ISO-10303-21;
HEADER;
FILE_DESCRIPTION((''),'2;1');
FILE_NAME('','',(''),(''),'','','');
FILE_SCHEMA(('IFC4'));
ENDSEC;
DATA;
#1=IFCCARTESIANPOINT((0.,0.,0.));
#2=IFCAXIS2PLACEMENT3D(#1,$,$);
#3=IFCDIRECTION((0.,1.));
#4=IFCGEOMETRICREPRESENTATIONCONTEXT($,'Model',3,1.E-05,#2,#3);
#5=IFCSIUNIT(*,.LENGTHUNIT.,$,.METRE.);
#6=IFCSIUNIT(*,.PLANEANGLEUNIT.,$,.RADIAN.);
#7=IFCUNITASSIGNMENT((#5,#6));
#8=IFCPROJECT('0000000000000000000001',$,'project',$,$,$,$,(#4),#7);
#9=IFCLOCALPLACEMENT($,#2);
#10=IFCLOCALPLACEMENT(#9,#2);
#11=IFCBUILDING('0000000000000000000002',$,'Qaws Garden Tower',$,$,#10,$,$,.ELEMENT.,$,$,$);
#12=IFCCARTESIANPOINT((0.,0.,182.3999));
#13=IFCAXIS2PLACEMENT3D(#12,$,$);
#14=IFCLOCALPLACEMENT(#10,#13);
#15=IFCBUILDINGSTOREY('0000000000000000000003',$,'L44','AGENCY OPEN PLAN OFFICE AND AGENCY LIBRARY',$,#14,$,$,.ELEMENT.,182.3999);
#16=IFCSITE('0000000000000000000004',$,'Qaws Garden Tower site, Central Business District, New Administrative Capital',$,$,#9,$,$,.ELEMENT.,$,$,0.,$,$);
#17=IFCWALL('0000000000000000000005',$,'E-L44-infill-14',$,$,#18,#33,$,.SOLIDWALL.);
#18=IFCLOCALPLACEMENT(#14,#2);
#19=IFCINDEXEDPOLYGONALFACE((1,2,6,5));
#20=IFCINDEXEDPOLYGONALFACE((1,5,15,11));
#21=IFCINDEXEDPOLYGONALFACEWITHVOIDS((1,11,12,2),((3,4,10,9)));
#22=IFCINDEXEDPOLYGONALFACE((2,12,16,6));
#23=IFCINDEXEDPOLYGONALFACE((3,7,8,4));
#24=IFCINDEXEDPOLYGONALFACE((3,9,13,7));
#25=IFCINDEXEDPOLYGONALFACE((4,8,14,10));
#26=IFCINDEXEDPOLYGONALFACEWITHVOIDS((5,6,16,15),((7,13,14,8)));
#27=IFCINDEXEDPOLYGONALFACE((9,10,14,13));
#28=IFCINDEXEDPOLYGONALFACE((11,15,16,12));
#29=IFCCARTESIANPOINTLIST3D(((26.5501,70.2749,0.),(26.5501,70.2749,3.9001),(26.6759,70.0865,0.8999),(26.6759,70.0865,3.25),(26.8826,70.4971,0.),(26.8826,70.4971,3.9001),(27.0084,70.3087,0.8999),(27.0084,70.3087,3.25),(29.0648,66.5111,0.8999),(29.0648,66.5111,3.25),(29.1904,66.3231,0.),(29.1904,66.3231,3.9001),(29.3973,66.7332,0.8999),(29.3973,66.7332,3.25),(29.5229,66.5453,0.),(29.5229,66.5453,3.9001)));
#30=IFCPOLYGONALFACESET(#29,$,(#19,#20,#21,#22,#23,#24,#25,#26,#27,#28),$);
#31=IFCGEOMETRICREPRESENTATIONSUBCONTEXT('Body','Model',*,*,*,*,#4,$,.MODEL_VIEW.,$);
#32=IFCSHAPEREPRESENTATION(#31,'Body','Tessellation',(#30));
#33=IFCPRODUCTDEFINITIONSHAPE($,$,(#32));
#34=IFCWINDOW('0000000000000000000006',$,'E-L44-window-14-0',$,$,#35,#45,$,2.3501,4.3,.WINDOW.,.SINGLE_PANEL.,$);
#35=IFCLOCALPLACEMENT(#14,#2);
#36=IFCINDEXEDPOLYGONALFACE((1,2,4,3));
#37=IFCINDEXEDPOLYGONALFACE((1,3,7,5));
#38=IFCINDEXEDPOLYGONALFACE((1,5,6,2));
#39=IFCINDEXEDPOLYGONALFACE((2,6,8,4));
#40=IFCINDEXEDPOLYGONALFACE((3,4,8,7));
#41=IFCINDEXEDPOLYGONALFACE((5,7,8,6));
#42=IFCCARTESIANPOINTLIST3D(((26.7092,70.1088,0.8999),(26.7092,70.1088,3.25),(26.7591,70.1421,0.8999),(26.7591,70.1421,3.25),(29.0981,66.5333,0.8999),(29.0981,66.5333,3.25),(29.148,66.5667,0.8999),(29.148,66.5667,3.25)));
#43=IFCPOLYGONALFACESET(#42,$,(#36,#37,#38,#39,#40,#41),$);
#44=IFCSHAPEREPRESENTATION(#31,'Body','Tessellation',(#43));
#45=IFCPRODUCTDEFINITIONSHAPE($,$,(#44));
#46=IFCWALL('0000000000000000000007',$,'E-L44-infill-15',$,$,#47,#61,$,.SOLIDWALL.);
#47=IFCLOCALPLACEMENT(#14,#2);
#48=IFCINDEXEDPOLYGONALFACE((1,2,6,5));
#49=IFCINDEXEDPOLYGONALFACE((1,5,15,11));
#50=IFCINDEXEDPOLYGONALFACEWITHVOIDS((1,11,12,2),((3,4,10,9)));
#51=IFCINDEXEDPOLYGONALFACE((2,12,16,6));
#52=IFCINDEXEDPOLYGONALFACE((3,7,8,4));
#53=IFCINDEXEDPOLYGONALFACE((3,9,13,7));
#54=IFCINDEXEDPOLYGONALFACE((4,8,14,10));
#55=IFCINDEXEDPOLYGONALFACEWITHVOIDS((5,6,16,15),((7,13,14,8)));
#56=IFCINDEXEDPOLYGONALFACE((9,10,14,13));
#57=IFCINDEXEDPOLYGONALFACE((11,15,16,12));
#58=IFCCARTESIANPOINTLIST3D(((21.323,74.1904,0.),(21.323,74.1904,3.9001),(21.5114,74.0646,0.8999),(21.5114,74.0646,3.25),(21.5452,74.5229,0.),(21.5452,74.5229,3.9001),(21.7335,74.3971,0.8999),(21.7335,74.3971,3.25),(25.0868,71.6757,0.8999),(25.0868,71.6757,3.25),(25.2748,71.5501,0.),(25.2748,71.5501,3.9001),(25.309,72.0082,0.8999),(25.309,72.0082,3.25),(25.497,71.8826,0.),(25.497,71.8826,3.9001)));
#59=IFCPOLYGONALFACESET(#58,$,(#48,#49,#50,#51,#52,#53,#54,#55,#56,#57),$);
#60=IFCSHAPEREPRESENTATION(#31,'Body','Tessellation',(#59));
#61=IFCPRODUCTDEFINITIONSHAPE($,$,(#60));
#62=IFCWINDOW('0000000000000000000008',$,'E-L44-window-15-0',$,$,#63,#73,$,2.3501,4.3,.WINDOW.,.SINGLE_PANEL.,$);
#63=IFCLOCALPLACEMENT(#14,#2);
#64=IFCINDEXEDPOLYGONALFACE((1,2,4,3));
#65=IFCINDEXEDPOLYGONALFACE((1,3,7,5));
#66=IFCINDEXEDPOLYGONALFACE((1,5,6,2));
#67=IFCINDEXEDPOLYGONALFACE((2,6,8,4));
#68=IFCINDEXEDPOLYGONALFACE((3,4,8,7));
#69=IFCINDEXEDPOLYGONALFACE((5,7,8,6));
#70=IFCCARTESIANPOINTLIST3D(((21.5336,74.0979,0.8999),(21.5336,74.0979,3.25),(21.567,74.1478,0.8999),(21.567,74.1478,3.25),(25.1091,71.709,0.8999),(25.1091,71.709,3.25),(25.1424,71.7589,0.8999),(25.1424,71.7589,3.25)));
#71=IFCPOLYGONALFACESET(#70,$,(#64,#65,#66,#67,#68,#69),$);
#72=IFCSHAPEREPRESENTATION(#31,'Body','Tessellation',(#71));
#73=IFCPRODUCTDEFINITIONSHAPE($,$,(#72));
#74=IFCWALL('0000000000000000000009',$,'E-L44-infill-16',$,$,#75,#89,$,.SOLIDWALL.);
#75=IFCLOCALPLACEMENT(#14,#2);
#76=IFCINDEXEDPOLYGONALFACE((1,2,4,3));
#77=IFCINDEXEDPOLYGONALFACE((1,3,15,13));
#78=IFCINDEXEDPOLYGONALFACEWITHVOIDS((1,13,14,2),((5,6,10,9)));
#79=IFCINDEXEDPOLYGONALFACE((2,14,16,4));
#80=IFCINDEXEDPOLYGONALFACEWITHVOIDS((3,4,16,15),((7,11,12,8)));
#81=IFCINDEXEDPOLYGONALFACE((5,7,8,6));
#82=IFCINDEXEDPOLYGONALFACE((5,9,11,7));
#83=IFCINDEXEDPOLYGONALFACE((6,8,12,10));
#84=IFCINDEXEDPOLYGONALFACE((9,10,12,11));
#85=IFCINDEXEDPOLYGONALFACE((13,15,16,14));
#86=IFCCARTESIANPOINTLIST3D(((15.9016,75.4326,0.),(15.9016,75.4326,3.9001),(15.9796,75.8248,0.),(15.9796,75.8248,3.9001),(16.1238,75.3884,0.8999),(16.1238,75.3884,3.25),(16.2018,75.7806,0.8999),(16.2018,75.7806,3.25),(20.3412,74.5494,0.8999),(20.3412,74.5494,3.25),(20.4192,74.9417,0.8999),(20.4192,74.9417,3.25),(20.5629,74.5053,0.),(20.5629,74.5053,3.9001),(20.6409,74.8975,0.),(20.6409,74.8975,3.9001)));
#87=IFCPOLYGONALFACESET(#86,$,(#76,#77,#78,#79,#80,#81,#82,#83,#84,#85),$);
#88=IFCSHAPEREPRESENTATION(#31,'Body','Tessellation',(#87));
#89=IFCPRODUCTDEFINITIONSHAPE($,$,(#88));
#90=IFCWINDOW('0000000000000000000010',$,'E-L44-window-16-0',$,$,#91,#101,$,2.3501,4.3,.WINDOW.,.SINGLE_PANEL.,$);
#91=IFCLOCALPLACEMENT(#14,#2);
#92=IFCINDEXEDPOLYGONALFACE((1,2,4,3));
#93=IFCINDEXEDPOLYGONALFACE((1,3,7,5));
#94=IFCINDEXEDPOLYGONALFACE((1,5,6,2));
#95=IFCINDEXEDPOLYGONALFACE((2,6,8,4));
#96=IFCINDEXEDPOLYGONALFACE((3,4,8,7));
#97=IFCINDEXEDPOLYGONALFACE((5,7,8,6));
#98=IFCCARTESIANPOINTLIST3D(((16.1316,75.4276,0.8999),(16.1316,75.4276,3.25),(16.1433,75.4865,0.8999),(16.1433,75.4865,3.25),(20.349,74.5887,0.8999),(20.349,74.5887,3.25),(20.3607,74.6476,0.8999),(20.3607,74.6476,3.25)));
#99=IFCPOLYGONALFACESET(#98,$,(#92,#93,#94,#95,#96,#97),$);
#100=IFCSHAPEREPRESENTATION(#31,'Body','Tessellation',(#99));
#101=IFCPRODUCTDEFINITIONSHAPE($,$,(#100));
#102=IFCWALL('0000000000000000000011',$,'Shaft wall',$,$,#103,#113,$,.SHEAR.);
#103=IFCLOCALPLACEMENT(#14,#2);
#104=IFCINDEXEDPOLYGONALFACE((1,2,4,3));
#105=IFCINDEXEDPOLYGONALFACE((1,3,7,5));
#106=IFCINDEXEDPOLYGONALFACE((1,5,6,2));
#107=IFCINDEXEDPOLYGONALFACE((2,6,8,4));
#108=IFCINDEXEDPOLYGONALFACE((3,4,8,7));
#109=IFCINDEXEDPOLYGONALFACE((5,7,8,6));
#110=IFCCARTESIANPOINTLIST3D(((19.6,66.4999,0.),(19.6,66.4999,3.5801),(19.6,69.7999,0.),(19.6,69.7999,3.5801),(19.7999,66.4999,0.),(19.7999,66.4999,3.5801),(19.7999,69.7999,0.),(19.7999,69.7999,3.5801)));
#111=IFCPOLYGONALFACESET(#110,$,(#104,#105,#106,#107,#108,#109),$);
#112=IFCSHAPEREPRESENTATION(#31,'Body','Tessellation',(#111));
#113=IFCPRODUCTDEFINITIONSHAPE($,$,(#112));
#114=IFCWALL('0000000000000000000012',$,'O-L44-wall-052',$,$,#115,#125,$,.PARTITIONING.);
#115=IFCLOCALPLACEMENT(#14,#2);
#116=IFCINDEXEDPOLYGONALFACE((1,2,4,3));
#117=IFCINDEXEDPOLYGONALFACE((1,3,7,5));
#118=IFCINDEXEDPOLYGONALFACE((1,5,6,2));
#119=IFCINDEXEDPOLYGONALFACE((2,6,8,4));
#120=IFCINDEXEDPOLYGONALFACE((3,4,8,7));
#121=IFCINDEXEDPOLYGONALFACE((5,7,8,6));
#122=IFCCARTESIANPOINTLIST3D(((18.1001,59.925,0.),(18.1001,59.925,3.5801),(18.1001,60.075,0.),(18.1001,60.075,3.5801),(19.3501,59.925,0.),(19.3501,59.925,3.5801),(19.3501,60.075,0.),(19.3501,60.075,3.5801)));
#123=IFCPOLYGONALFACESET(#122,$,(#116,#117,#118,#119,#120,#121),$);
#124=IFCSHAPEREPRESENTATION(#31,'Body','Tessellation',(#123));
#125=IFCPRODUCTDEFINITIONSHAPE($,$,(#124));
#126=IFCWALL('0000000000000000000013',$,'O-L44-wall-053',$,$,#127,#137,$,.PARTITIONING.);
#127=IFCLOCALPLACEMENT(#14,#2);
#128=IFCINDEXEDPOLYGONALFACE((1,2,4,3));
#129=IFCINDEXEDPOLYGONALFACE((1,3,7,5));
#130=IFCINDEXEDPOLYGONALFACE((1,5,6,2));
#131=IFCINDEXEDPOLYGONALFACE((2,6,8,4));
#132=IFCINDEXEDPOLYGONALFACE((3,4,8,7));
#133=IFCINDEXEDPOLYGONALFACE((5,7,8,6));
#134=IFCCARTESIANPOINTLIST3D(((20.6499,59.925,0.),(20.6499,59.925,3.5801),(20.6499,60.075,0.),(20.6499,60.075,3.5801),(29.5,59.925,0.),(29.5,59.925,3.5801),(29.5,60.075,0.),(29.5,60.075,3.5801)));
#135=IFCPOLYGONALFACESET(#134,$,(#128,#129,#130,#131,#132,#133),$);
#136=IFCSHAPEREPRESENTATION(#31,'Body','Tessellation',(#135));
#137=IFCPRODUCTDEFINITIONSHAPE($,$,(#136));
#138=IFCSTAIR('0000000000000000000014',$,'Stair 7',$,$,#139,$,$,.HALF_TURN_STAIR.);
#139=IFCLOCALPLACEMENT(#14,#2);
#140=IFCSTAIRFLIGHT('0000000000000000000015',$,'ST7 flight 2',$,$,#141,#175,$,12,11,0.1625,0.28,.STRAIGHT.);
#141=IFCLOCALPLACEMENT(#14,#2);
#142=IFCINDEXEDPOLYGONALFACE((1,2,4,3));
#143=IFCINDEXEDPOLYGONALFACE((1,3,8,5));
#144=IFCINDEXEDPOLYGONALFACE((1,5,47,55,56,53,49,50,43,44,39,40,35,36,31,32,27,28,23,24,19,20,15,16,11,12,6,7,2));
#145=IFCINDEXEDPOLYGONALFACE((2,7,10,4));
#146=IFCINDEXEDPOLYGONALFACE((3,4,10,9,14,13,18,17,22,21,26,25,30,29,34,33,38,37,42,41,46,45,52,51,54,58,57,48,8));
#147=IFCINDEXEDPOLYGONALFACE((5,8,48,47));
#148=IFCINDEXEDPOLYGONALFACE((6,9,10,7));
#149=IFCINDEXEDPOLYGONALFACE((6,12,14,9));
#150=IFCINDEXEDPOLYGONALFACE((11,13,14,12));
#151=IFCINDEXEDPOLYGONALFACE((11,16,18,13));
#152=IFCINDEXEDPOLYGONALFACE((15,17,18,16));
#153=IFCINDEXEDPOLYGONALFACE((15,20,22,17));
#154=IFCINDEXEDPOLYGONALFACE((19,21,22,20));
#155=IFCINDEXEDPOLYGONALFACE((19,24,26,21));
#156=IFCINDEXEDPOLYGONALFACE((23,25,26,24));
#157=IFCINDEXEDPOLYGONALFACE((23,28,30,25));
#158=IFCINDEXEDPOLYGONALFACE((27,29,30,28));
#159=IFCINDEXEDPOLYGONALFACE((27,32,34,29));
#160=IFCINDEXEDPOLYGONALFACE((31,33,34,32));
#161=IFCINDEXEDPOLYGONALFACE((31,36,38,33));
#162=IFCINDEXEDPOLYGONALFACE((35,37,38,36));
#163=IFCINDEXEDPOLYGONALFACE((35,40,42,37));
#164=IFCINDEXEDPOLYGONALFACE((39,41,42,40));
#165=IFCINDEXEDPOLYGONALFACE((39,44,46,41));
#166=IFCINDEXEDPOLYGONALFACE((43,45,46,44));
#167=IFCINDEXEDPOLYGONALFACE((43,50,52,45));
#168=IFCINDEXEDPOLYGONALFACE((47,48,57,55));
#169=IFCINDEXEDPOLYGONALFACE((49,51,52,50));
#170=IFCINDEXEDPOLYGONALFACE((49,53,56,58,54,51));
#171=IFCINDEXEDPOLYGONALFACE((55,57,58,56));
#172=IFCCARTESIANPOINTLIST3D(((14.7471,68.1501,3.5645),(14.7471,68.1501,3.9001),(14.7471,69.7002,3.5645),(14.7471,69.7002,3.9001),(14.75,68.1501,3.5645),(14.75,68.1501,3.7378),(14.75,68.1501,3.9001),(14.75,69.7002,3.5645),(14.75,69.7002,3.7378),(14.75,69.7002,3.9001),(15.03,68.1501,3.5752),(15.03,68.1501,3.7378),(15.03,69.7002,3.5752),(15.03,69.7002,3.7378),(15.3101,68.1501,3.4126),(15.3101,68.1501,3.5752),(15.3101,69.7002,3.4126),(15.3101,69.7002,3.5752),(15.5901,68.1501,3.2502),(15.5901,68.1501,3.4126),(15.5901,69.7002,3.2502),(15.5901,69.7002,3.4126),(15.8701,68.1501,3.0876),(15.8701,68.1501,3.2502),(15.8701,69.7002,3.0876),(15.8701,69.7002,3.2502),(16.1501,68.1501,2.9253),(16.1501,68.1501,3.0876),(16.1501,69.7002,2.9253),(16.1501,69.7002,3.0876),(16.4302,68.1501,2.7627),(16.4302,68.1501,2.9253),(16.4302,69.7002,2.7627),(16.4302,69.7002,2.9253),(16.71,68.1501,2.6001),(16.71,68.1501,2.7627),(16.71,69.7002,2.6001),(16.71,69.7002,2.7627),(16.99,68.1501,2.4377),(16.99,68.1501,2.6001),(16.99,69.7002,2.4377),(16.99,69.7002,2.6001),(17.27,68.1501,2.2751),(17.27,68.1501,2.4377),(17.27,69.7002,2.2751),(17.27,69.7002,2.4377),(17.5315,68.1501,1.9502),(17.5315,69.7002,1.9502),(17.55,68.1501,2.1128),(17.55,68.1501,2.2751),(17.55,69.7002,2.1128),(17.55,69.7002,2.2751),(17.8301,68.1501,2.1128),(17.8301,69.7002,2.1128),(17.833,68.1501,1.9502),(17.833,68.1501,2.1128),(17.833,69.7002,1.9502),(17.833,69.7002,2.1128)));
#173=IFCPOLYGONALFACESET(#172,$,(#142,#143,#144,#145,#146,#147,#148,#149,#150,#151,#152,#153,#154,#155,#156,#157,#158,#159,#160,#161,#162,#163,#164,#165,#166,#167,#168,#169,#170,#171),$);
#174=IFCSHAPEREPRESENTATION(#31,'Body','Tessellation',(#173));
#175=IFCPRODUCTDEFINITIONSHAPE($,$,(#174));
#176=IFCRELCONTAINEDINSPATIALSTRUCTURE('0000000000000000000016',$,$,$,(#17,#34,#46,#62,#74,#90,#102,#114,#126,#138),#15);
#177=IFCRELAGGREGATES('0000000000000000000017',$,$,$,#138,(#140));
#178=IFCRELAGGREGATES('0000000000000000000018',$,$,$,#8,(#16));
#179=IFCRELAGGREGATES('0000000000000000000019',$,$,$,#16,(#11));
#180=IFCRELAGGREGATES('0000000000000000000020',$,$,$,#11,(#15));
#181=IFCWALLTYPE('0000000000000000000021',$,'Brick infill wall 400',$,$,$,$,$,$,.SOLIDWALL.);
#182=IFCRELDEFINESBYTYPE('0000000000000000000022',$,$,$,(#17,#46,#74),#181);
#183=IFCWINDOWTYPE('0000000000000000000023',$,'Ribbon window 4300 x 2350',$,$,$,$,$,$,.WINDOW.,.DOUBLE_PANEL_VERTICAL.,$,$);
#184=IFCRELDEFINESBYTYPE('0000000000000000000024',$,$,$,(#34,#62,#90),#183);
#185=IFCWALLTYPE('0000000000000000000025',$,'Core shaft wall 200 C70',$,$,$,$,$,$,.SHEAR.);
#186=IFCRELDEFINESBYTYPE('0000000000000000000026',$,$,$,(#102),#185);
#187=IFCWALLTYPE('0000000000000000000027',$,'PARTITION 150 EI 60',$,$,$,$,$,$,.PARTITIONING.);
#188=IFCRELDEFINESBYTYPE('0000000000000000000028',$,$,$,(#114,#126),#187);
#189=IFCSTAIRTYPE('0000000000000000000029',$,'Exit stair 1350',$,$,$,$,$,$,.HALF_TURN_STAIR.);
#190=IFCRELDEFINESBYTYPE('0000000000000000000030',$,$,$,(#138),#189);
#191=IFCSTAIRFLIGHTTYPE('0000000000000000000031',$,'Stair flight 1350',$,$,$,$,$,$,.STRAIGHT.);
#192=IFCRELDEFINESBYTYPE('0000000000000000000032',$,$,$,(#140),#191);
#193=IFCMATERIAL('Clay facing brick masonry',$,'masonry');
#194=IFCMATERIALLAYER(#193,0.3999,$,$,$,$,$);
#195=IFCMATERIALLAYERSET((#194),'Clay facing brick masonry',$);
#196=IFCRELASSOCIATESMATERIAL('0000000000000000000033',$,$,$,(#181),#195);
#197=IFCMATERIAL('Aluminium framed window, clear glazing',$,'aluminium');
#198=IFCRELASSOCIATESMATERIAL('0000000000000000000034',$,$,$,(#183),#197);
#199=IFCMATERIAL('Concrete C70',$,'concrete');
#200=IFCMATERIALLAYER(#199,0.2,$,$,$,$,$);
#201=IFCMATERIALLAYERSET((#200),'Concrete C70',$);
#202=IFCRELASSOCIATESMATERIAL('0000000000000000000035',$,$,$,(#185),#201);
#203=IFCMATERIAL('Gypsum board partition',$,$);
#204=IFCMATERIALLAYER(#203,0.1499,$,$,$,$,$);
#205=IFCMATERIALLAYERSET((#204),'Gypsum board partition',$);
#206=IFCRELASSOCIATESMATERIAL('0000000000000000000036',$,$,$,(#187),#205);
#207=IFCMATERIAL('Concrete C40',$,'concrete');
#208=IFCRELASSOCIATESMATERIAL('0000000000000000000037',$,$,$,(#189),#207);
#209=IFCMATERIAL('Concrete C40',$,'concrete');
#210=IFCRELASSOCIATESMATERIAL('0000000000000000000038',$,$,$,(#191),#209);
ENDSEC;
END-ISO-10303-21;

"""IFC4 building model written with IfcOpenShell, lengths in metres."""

from ifc_helpers import new_model, si_unit, direction, frame, frame_2d, origin, place, context, subcontext, project, spatial, polyline, rectangle, outline, extrude, material, layer, layer_set, type_object, element, fill, aggregate, save


model = new_model("IFC4")

# Units and contexts
model_context = context("Model", 3, precision=1e-05, world=origin(), true_north=direction((0.0, 1.0)))
body_context = subcontext(model_context, "Body", "Model", "MODEL_VIEW")
ifc_project = project(units=[si_unit("LENGTHUNIT", "METRE"), si_unit("PLANEANGLEUNIT", "RADIAN")], contexts=[model_context])

# Site, building, storey
site_placement = place(None, origin())
site = spatial("IfcSite", under=ifc_project, at=site_placement, Name="Qaws Garden Tower site, Central Business District, New Administrative Capital", CompositionType="ELEMENT", RefElevation=0.0)
building_placement = place(site_placement, origin())
building = spatial("IfcBuilding", under=site, at=building_placement, Name="Qaws Garden Tower", CompositionType="ELEMENT")
storey_placement = place(building_placement, frame((0.0, 0.0, 182.3999)))
storey = spatial("IfcBuildingStorey", under=building, at=storey_placement, Name="L44", Description="AGENCY OPEN PLAN OFFICE AND AGENCY LIBRARY", CompositionType="ELEMENT", Elevation=182.3999)

# Walls, openings, windows
ifc_material_1 = material(Name="Clay facing brick masonry", Category="masonry")
ifc_layer_1 = layer(ifc_material_1, 0.3999)
ifc_layer_set_1 = layer_set([ifc_layer_1], Name="Clay facing brick masonry")
wall_type_1 = type_object("IfcWallType", Name="Brick infill wall 400", PredefinedType="SOLIDWALL", material=ifc_layer_set_1)
ifc_material_2 = material(Name="Aluminium framed window, clear glazing", Category="aluminium")
window_type = type_object("IfcWindowType", Name="Ribbon window 4300 x 2350", PartitioningType="DOUBLE_PANEL_VERTICAL", PredefinedType="WINDOW", material=ifc_material_2)
wall_1_placement = place(storey_placement, frame((29.3567, 66.4341, 0.0), z_axis=(0.0, 0.0, 1.0), x_axis=(-0.555542, 0.831489, 0.0)))
wall_1 = element("IfcWall", 1, at=wall_1_placement, inside=storey, type_object=wall_type_1, Name="E-L44-infill-14", PredefinedType="SOLIDWALL", context=body_context, shape_type="SweptSolid", body=[
    extrude(rectangle(XDim=4.7527, YDim=0.3999, at=frame_2d((2.3765, 0.0))), origin(), (0.0, 0.0, 1.0), 3.9001),
])
opening_1_placement = place(wall_1_placement, frame((0.2263, 0.0, 0.8999)))
opening_1 = element("IfcOpeningElement", 2, at=opening_1_placement, cuts=wall_1, PredefinedType="OPENING", context=body_context, shape_type="SweptSolid", body=[
    extrude(rectangle(XDim=4.3, YDim=2.3501, at=frame_2d((2.1499, 1.175))), frame((0.0, 0.21, 0.0), z_axis=(0.0, -1.0, 0.0), x_axis=(1.0, 0.0, 0.0)), (0.0, 0.0, 1.0), 0.4199),
])
window_1_placement = place(opening_1_placement, origin())
window_1 = element("IfcWindow", 3, at=window_1_placement, inside=storey, type_object=window_type, Name="E-L44-window-14-0", OverallHeight=2.3501, OverallWidth=4.3, PartitioningType="SINGLE_PANEL", PredefinedType="WINDOW", context=body_context, shape_type="SweptSolid", body=[
    extrude(rectangle(XDim=4.3, YDim=2.3501, at=frame_2d((2.1499, 1.175))), frame((0.0, 0.1599, 0.0), z_axis=(0.0, -1.0, 0.0), x_axis=(1.0, 0.0, 0.0)), (0.0, 0.0, 1.0), 0.0601),
])
fill(opening_1, window_1)
wall_2_placement = place(storey_placement, frame((25.386, 71.7163, 0.0), z_axis=(0.0, 0.0, 1.0), x_axis=(-0.831489, 0.555542, 0.0)))
wall_2 = element("IfcWall", 4, at=wall_2_placement, inside=storey, type_object=wall_type_1, Name="E-L44-infill-15", PredefinedType="SOLIDWALL", context=body_context, shape_type="SweptSolid", body=[
    extrude(rectangle(XDim=4.7527, YDim=0.3999, at=frame_2d((2.3765, 0.0))), origin(), (0.0, 0.0, 1.0), 3.9001),
])
opening_2_placement = place(wall_2_placement, frame((0.2263, 0.0, 0.8999)))
opening_2 = element("IfcOpeningElement", 5, at=opening_2_placement, cuts=wall_2, PredefinedType="OPENING", context=body_context, shape_type="SweptSolid", body=[
    extrude(rectangle(XDim=4.3, YDim=2.3501, at=frame_2d((2.1499, 1.175))), frame((0.0, 0.21, 0.0), z_axis=(0.0, -1.0, 0.0), x_axis=(1.0, 0.0, 0.0)), (0.0, 0.0, 1.0), 0.4199),
])
window_2_placement = place(opening_2_placement, origin())
window_2 = element("IfcWindow", 6, at=window_2_placement, inside=storey, type_object=window_type, Name="E-L44-window-15-0", OverallHeight=2.3501, OverallWidth=4.3, PartitioningType="SINGLE_PANEL", PredefinedType="WINDOW", context=body_context, shape_type="SweptSolid", body=[
    extrude(rectangle(XDim=4.3, YDim=2.3501, at=frame_2d((2.1499, 1.175))), frame((0.0, 0.1599, 0.0), z_axis=(0.0, -1.0, 0.0), x_axis=(1.0, 0.0, 0.0)), (0.0, 0.0, 1.0), 0.0601),
])
fill(opening_2, window_2)
wall_3_placement = place(storey_placement, frame((20.6021, 74.7014, 0.0), z_axis=(0.0, 0.0, 1.0), x_axis=(-0.980784, 0.195099, 0.0)))
wall_3 = element("IfcWall", 7, at=wall_3_placement, inside=storey, type_object=wall_type_1, Name="E-L44-infill-16", PredefinedType="SOLIDWALL", context=body_context, shape_type="SweptSolid", body=[
    extrude(rectangle(XDim=4.7527, YDim=0.3999, at=frame_2d((2.3765, 0.0))), origin(), (0.0, 0.0, 1.0), 3.9001),
])
opening_3_placement = place(wall_3_placement, frame((0.2263, 0.0, 0.8999)))
opening_3 = element("IfcOpeningElement", 8, at=opening_3_placement, cuts=wall_3, PredefinedType="OPENING", context=body_context, shape_type="SweptSolid", body=[
    extrude(rectangle(XDim=4.3, YDim=2.3501, at=frame_2d((2.1499, 1.175))), frame((0.0, 0.21, 0.0), z_axis=(0.0, -1.0, 0.0), x_axis=(1.0, 0.0, 0.0)), (0.0, 0.0, 1.0), 0.4199),
])
window_3_placement = place(opening_3_placement, origin())
window_3 = element("IfcWindow", 9, at=window_3_placement, inside=storey, type_object=window_type, Name="E-L44-window-16-0", OverallHeight=2.3501, OverallWidth=4.3, PartitioningType="SINGLE_PANEL", PredefinedType="WINDOW", context=body_context, shape_type="SweptSolid", body=[
    extrude(rectangle(XDim=4.3, YDim=2.3501, at=frame_2d((2.1499, 1.175))), frame((0.0, 0.1599, 0.0), z_axis=(0.0, -1.0, 0.0), x_axis=(1.0, 0.0, 0.0)), (0.0, 0.0, 1.0), 0.0601),
])
fill(opening_3, window_3)

# Walls
ifc_material_3 = material(Name="Concrete C70", Category="concrete")
ifc_layer_2 = layer(ifc_material_3, 0.2)
ifc_layer_set_2 = layer_set([ifc_layer_2], Name="Concrete C70")
wall_type_2 = type_object("IfcWallType", Name="Core shaft wall 200 C70", PredefinedType="SHEAR", material=ifc_layer_set_2)
wall_4_placement = place(storey_placement, frame((19.7, 66.5, 0.0), z_axis=(0.0, 0.0, 1.0), x_axis=(0.0, 1.0, 0.0)))
element("IfcWall", 10, at=wall_4_placement, inside=storey, type_object=wall_type_2, Name="Shaft wall", PredefinedType="SHEAR", context=body_context, shape_type="SweptSolid", body=[
    extrude(rectangle(XDim=3.3, YDim=0.2, at=frame_2d((1.6499, 0.0))), origin(), (0.0, 0.0, 1.0), 3.5801),
])
ifc_material_4 = material(Name="Gypsum board partition")
ifc_layer_3 = layer(ifc_material_4, 0.1499)
ifc_layer_set_3 = layer_set([ifc_layer_3], Name="Gypsum board partition")
wall_type_3 = type_object("IfcWallType", Name="PARTITION 150 EI 60", PredefinedType="PARTITIONING", material=ifc_layer_set_3)
wall_5_placement = place(storey_placement, frame((18.1001, 60.0, 0.0), z_axis=(0.0, 0.0, 1.0), x_axis=(1.0, 0.0, 0.0)))
element("IfcWall", 11, at=wall_5_placement, inside=storey, type_object=wall_type_3, Name="O-L44-wall-052", PredefinedType="PARTITIONING", context=body_context, shape_type="SweptSolid", body=[
    extrude(rectangle(XDim=1.25, YDim=0.1499, at=frame_2d((0.625, 0.0))), origin(), (0.0, 0.0, 1.0), 3.5801),
])
wall_6_placement = place(storey_placement, frame((20.6499, 60.0, 0.0), z_axis=(0.0, 0.0, 1.0), x_axis=(1.0, 0.0, 0.0)))
element("IfcWall", 12, at=wall_6_placement, inside=storey, type_object=wall_type_3, Name="O-L44-wall-053", PredefinedType="PARTITIONING", context=body_context, shape_type="SweptSolid", body=[
    extrude(rectangle(XDim=8.8501, YDim=0.1499, at=frame_2d((4.425, 0.0))), origin(), (0.0, 0.0, 1.0), 3.5801),
])

# Stair, stair flight
ifc_material_5 = material(Name="Concrete C40", Category="concrete")
stair_type = type_object("IfcStairType", Name="Exit stair 1350", PredefinedType="HALF_TURN_STAIR", material=ifc_material_5)
stair_placement = place(storey_placement, origin())
stair = element("IfcStair", 13, at=stair_placement, inside=storey, type_object=stair_type, Name="Stair 7", PredefinedType="HALF_TURN_STAIR")
ifc_material_6 = material(Name="Concrete C40", Category="concrete")
stair_flight_type = type_object("IfcStairFlightType", Name="Stair flight 1350", PredefinedType="STRAIGHT", material=ifc_material_6)
stair_flight_placement = place(storey_placement, frame((17.8301, 68.925, 1.9502), z_axis=(0.0, 0.0, 1.0), x_axis=(-1.0, 0.0, 0.0)))
stair_flight = element("IfcStairFlight", 14, at=stair_flight_placement, type_object=stair_flight_type, Name="ST7 flight 2", NumberOfRisers=12, NumberOfTreads=11, PredefinedType="STRAIGHT", RiserHeight=0.1625, TreadLength=0.28, context=body_context, shape_type="SweptSolid", body=[
    extrude(outline(polyline([(-0.0029, 0.0), (-0.0029, 0.1626), (0.0, 0.1626), (0.28, 0.1626), (0.28, 0.325), (0.5601, 0.325), (0.5601, 0.4875), (0.8401, 0.4875), (0.8401, 0.6499), (1.1201, 0.6499), (1.1201, 0.8125), (1.3999, 0.8125), (1.3999, 0.9751), (1.6799, 0.9751), (1.6799, 1.1375), (1.96, 1.1375), (1.96, 1.3), (2.24, 1.3), (2.24, 1.4624), (2.52, 1.4624), (2.52, 1.625), (2.8, 1.625), (2.8, 1.7876), (3.0801, 1.7876), (3.0801, 1.95), (3.083, 1.95), (3.083, 1.6143), (3.0801, 1.6143), (0.2986, 0.0), (-0.0029, 0.0)])), frame((0.0, 0.7749, 0.0), z_axis=(0.0, -1.0, 0.0), x_axis=(1.0, 0.0, 0.0)), (0.0, 0.0, 1.0), 1.55),
])
aggregate(stair, [stair_flight])

save(model, "model.ifc")
